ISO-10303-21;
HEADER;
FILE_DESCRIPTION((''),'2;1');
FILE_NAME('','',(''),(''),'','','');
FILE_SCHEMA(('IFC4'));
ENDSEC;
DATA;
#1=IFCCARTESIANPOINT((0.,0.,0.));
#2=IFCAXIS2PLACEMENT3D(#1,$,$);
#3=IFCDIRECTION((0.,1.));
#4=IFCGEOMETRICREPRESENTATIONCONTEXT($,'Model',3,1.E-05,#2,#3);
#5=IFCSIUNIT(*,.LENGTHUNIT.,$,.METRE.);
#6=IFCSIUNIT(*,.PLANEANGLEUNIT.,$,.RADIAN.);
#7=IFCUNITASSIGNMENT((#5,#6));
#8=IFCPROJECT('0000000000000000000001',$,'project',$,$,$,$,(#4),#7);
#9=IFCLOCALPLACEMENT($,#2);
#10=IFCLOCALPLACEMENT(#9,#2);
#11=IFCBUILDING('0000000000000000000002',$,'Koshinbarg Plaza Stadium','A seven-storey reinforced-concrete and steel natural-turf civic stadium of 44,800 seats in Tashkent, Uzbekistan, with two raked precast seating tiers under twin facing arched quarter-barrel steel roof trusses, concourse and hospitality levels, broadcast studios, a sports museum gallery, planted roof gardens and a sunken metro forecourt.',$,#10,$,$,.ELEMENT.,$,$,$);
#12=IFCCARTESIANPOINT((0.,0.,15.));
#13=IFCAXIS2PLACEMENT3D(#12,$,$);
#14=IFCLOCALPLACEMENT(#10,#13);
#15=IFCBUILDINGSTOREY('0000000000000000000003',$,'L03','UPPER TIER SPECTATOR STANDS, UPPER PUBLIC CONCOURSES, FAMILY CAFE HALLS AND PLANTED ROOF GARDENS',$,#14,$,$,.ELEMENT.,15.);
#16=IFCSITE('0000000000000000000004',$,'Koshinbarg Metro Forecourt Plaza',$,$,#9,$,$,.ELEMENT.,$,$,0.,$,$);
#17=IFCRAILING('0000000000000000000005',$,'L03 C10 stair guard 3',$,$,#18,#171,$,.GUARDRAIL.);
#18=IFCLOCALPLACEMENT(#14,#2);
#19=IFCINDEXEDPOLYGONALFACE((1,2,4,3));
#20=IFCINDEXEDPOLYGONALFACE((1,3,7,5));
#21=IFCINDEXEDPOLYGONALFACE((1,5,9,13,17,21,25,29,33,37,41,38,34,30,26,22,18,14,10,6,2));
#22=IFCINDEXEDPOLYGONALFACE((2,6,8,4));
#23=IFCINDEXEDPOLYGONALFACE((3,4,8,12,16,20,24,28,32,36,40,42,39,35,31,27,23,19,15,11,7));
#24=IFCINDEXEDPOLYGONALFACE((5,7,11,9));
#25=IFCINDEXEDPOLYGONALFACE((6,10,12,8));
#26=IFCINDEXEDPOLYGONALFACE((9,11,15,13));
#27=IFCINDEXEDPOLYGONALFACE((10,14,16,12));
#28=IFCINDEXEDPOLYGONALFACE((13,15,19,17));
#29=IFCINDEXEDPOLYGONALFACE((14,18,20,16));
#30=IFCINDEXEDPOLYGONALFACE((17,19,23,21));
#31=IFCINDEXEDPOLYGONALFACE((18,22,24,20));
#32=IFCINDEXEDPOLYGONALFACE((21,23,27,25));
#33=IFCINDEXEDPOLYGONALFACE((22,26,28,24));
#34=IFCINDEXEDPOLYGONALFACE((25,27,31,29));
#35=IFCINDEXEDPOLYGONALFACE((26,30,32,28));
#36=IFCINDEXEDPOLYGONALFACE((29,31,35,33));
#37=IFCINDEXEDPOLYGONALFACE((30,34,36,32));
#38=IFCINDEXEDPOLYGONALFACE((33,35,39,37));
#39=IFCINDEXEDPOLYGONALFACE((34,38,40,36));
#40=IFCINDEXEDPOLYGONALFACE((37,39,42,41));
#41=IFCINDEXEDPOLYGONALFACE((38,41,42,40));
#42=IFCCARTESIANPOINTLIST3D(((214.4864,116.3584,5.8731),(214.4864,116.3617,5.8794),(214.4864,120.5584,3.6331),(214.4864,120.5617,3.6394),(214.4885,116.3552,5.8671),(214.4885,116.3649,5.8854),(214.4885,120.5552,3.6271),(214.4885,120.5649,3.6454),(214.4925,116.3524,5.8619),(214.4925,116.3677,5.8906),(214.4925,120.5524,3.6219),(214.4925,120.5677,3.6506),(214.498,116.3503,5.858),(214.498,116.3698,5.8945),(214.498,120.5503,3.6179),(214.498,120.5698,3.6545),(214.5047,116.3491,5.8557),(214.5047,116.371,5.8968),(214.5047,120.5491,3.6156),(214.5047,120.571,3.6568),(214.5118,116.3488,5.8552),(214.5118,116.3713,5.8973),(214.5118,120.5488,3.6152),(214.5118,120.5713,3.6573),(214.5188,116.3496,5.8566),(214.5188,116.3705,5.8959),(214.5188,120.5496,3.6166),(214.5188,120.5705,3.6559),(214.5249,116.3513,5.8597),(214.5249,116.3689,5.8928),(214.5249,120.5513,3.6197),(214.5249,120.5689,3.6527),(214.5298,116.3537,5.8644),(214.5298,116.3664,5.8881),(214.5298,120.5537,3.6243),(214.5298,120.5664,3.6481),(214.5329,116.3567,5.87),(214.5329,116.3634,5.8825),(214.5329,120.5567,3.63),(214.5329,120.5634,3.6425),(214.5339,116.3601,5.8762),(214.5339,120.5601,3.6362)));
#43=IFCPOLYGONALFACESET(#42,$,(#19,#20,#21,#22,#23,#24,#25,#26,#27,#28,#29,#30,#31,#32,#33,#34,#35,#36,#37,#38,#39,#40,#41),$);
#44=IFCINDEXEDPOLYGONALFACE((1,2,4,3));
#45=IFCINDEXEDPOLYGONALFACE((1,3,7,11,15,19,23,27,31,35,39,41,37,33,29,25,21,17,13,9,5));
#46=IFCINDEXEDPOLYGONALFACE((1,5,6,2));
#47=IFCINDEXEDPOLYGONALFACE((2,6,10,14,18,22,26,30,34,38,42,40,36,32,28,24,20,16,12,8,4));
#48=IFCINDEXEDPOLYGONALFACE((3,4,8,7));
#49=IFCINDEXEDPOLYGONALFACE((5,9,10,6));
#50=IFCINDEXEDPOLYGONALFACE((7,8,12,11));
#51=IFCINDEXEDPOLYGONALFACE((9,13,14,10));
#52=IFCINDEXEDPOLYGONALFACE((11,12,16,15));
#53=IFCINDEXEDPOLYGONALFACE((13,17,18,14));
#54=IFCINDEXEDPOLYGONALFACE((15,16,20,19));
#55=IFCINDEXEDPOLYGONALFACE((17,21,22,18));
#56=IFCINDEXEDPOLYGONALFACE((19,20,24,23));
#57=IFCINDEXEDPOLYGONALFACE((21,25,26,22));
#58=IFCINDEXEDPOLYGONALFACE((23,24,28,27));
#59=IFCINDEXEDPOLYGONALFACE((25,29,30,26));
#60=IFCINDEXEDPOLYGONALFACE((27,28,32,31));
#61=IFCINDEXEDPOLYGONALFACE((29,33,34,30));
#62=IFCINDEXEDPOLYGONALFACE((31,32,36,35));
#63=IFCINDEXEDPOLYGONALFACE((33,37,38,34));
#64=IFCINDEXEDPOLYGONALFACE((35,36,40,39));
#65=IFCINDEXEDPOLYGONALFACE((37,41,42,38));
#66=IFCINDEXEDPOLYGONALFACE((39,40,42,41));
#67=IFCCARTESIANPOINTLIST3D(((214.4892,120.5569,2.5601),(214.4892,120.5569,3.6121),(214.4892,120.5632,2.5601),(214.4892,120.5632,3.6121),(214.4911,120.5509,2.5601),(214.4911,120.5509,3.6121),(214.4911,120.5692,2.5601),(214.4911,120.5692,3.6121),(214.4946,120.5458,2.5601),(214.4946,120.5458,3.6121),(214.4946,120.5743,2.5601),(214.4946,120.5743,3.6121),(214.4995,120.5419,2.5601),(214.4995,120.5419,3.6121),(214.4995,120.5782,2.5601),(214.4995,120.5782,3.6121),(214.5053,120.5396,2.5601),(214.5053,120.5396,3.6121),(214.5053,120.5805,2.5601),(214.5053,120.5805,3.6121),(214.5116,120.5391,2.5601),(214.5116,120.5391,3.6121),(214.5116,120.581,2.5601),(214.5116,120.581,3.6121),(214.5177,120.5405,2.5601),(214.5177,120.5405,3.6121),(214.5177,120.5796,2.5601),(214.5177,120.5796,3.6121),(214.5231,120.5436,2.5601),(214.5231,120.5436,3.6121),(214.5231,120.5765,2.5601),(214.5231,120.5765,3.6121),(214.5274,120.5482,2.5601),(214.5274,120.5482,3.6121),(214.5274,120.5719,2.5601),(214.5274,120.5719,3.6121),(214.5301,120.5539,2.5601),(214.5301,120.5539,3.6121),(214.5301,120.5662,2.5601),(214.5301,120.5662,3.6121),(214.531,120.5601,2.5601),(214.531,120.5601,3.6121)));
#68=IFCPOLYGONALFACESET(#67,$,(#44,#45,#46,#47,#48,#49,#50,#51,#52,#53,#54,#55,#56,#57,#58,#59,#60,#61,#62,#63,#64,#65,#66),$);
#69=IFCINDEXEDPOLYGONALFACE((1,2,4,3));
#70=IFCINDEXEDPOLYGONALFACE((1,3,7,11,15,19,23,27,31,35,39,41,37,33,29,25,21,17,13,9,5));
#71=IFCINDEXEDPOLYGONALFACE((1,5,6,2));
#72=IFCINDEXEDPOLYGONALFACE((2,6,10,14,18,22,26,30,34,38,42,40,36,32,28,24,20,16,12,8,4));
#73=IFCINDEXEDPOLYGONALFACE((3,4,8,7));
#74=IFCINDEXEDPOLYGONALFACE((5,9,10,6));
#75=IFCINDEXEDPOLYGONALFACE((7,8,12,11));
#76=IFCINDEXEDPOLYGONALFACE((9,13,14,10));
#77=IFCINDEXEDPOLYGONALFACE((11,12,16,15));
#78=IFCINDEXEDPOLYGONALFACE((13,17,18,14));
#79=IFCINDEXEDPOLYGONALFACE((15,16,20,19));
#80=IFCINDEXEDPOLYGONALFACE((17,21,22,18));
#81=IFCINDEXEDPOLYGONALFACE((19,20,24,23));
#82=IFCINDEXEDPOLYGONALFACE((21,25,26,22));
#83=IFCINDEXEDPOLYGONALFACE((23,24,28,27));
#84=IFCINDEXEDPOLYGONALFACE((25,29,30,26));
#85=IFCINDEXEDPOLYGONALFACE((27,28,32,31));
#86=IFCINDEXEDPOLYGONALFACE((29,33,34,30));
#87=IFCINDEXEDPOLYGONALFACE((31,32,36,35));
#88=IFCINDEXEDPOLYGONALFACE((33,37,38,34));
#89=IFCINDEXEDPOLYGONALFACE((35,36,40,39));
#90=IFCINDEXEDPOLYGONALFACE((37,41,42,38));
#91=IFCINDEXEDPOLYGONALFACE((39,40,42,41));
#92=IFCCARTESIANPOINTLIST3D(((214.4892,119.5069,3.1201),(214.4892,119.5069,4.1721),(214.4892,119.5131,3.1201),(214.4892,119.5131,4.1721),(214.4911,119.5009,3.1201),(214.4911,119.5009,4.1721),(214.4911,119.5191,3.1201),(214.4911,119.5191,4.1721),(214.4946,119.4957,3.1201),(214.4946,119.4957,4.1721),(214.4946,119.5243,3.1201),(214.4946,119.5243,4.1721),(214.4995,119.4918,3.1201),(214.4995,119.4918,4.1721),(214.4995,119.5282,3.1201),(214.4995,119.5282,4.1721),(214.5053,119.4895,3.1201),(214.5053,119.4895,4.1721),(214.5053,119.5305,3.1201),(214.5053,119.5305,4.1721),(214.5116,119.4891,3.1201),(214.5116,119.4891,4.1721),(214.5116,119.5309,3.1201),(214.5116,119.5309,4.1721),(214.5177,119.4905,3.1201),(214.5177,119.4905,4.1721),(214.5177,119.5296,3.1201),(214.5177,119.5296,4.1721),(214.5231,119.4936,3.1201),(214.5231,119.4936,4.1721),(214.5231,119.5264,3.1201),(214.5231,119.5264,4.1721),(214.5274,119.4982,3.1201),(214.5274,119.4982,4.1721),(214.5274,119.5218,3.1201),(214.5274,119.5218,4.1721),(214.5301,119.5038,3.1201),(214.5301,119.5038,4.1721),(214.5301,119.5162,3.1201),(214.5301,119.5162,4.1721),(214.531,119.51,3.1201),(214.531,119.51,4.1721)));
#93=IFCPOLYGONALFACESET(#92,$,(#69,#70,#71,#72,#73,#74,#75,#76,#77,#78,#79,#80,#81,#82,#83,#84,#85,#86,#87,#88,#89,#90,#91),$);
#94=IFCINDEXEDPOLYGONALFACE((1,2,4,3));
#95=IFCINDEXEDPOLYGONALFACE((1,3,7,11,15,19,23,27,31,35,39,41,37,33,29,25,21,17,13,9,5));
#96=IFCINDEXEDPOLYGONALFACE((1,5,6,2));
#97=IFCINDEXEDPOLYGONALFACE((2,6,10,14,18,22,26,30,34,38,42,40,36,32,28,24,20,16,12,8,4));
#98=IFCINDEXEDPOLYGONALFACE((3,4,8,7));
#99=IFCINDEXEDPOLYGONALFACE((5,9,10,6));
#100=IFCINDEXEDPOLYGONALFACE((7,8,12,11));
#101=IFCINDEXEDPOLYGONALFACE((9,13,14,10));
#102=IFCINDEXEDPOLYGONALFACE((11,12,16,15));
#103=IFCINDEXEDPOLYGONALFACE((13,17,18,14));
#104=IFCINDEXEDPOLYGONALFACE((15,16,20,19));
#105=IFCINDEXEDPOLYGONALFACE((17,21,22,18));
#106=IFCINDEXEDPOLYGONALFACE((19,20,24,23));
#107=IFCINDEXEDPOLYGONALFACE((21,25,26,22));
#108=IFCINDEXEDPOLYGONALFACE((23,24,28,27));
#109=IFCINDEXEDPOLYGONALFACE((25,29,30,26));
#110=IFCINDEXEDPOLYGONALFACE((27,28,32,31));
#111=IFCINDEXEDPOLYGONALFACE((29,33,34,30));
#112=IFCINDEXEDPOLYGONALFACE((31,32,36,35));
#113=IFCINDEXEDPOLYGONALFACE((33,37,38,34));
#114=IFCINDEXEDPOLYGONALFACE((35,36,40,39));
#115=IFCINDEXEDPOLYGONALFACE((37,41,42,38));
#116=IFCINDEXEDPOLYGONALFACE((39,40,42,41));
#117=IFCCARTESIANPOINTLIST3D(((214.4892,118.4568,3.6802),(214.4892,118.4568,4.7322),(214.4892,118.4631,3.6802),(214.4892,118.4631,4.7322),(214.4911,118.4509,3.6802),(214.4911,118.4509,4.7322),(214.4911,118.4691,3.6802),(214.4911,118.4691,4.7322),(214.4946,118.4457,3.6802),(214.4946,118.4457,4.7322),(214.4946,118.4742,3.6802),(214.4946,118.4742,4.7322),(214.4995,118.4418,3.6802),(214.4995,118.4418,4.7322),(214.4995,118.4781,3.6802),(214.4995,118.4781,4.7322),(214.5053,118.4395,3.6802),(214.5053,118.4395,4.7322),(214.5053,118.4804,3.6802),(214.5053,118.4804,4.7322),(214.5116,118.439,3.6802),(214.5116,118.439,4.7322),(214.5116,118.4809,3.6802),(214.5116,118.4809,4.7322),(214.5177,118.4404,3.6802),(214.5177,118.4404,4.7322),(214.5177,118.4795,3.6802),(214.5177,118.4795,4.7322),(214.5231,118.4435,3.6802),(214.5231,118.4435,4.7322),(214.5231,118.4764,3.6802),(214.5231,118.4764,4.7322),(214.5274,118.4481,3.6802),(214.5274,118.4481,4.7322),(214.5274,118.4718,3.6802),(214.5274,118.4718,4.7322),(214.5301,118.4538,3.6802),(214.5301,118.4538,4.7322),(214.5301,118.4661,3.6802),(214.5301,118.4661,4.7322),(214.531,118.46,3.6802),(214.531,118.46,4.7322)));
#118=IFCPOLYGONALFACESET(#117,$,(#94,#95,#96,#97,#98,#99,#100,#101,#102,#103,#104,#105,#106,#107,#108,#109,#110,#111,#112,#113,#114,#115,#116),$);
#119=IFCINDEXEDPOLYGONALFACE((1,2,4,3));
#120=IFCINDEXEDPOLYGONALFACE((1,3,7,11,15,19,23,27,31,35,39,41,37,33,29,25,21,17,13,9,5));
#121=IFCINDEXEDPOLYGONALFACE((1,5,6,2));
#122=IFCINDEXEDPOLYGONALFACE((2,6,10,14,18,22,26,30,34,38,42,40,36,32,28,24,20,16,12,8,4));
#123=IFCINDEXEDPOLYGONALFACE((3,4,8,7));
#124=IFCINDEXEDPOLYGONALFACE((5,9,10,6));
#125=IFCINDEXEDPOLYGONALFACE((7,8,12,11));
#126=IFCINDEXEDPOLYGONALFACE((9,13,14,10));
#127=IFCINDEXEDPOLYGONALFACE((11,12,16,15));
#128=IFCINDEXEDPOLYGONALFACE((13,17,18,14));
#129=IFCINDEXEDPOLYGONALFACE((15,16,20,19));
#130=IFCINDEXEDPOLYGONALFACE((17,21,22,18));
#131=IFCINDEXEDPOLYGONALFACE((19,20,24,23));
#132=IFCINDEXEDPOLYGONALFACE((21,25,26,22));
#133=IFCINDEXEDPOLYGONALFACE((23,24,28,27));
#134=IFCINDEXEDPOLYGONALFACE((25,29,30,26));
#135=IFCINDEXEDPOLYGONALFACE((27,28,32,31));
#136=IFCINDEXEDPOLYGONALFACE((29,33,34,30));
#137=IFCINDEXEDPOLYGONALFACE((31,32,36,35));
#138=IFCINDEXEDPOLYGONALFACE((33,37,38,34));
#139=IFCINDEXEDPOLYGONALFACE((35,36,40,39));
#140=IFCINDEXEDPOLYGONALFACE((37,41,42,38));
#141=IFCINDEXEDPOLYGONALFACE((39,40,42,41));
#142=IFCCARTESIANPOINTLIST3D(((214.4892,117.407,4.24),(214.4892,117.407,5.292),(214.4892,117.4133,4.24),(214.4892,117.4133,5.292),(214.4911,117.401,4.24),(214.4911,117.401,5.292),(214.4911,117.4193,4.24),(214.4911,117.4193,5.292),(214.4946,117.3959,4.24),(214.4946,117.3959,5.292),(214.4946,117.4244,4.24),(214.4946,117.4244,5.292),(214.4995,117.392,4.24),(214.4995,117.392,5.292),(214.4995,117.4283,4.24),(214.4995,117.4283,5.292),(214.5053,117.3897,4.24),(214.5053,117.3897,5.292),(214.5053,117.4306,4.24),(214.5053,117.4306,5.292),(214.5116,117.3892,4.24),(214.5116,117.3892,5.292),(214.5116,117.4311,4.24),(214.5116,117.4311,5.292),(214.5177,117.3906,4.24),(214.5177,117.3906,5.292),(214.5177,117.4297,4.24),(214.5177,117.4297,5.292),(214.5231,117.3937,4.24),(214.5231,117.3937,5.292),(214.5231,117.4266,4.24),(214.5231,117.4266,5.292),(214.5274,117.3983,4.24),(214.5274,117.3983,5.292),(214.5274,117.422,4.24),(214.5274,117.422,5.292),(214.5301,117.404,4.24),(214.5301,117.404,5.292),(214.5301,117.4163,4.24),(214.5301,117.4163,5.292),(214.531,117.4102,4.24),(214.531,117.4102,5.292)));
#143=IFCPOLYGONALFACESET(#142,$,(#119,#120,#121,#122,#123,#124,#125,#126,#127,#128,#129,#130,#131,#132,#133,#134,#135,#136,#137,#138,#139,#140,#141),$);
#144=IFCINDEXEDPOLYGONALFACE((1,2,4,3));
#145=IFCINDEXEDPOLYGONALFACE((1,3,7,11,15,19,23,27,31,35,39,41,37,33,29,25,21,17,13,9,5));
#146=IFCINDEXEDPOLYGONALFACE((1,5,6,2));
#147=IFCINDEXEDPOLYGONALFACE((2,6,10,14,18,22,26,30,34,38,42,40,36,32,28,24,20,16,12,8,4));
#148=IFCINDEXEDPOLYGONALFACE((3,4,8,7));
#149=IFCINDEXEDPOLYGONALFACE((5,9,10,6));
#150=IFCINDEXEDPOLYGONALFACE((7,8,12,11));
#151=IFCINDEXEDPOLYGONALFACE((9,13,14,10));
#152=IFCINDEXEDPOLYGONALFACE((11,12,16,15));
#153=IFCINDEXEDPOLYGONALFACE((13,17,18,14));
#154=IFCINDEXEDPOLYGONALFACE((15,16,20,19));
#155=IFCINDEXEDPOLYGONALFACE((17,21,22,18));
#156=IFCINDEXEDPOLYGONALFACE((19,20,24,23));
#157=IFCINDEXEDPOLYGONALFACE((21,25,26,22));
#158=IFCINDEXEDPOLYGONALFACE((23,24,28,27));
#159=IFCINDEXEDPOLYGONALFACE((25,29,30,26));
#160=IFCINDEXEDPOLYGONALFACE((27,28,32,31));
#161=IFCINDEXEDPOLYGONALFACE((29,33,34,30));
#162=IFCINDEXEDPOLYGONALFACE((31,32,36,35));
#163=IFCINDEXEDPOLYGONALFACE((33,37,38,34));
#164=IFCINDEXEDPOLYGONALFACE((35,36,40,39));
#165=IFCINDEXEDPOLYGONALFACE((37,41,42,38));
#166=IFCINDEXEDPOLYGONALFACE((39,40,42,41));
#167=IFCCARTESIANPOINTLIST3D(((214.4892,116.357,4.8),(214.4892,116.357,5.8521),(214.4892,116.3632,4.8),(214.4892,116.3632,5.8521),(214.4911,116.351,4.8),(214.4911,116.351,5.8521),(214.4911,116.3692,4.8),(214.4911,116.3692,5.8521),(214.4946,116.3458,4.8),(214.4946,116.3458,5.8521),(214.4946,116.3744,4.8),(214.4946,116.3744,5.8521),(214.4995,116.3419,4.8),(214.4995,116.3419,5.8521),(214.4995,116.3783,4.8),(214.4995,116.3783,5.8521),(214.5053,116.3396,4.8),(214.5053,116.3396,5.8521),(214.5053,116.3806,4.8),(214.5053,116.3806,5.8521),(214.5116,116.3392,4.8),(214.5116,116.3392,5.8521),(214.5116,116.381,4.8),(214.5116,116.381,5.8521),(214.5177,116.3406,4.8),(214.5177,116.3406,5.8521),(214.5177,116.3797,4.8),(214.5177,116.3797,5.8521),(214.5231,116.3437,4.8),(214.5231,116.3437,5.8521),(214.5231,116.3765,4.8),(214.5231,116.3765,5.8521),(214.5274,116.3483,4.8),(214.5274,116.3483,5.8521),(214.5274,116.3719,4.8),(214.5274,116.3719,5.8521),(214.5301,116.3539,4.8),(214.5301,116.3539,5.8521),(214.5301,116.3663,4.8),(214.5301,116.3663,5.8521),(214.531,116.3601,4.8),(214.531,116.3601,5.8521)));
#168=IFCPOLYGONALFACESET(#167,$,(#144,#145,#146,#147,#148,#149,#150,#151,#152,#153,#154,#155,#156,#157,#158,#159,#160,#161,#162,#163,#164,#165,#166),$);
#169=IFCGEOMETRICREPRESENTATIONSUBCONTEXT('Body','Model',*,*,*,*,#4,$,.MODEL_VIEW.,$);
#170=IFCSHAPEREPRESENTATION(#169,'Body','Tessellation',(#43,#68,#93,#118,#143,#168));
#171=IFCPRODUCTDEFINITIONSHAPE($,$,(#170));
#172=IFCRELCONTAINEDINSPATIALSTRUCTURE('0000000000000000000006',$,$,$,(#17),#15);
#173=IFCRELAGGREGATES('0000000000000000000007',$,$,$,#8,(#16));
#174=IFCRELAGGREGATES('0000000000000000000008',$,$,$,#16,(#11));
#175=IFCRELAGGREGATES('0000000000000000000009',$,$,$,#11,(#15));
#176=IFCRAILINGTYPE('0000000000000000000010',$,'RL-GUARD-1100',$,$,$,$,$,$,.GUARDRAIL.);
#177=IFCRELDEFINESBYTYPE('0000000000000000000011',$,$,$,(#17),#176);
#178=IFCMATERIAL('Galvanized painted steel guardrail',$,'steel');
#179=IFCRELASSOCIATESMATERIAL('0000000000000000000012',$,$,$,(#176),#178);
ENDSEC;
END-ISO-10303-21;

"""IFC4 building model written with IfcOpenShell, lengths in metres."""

from ifc_helpers import new_model, si_unit, direction, frame, origin, origin_2d, place, context, subcontext, project, spatial, circle, extrude, material, type_object, element, save


model = new_model("IFC4")

# Units and contexts
model_context = context("Model", 3, precision=1e-05, world=origin(), true_north=direction((0.0, 1.0)))
body_context = subcontext(model_context, "Body", "Model", "MODEL_VIEW")
ifc_project = project(units=[si_unit("LENGTHUNIT", "METRE"), si_unit("PLANEANGLEUNIT", "RADIAN")], contexts=[model_context])

# Site, building, storey
site_placement = place(None, origin())
site = spatial("IfcSite", under=ifc_project, at=site_placement, Name="Koshinbarg Metro Forecourt Plaza", CompositionType="ELEMENT", RefElevation=0.0)
building_placement = place(site_placement, origin())
building = spatial("IfcBuilding", under=site, at=building_placement, Name="Koshinbarg Plaza Stadium", Description="A seven-storey reinforced-concrete and steel natural-turf civic stadium of 44,800 seats in Tashkent, Uzbekistan, with two raked precast seating tiers under twin facing arched quarter-barrel steel roof trusses, concourse and hospitality levels, broadcast studios, a sports museum gallery, planted roof gardens and a sunken metro forecourt.", CompositionType="ELEMENT")
storey_placement = place(building_placement, frame((0.0, 0.0, 15.0)))
storey = spatial("IfcBuildingStorey", under=building, at=storey_placement, Name="L03", Description="UPPER TIER SPECTATOR STANDS, UPPER PUBLIC CONCOURSES, FAMILY CAFE HALLS AND PLANTED ROOF GARDENS", CompositionType="ELEMENT", Elevation=15.0)

# Railing
ifc_material_1 = material(Name="Galvanized painted steel guardrail", Category="steel")
railing_type_1 = type_object("IfcRailingType", Name="RL-GUARD-1100", PredefinedType="GUARDRAIL", material=ifc_material_1)
railing_1_placement = place(storey_placement, frame((214.51, 120.5601, 2.5601)))
element("IfcRailing", 1, at=railing_1_placement, inside=storey, type_object=railing_type_1, Name="L03 C10 stair guard 3", PredefinedType="GUARDRAIL", context=body_context, shape_type="SweptSolid", body=[
    extrude(circle(Radius=0.0239, at=origin_2d()), frame((0.0, 0.0, 1.0762), z_axis=(0.0, -0.882352, 0.470591), x_axis=(1.0, 0.0, 0.0)), (0.0, 0.0, 1.0), 4.76),
    extrude(circle(Radius=0.021, at=origin_2d()), origin(), (0.0, 0.0, 1.0), 1.052),
    extrude(circle(Radius=0.021, at=origin_2d()), frame((0.0, -1.05, 0.5601)), (0.0, 0.0, 1.0), 1.052),
    extrude(circle(Radius=0.021, at=origin_2d()), frame((0.0, -2.1001, 1.1201)), (0.0, 0.0, 1.0), 1.052),
    extrude(circle(Radius=0.021, at=origin_2d()), frame((0.0, -3.1499, 1.6799)), (0.0, 0.0, 1.0), 1.052),
    extrude(circle(Radius=0.021, at=origin_2d()), frame((0.0, -4.2, 2.24)), (0.0, 0.0, 1.0), 1.052),
])

save(model, "model.ifc")
